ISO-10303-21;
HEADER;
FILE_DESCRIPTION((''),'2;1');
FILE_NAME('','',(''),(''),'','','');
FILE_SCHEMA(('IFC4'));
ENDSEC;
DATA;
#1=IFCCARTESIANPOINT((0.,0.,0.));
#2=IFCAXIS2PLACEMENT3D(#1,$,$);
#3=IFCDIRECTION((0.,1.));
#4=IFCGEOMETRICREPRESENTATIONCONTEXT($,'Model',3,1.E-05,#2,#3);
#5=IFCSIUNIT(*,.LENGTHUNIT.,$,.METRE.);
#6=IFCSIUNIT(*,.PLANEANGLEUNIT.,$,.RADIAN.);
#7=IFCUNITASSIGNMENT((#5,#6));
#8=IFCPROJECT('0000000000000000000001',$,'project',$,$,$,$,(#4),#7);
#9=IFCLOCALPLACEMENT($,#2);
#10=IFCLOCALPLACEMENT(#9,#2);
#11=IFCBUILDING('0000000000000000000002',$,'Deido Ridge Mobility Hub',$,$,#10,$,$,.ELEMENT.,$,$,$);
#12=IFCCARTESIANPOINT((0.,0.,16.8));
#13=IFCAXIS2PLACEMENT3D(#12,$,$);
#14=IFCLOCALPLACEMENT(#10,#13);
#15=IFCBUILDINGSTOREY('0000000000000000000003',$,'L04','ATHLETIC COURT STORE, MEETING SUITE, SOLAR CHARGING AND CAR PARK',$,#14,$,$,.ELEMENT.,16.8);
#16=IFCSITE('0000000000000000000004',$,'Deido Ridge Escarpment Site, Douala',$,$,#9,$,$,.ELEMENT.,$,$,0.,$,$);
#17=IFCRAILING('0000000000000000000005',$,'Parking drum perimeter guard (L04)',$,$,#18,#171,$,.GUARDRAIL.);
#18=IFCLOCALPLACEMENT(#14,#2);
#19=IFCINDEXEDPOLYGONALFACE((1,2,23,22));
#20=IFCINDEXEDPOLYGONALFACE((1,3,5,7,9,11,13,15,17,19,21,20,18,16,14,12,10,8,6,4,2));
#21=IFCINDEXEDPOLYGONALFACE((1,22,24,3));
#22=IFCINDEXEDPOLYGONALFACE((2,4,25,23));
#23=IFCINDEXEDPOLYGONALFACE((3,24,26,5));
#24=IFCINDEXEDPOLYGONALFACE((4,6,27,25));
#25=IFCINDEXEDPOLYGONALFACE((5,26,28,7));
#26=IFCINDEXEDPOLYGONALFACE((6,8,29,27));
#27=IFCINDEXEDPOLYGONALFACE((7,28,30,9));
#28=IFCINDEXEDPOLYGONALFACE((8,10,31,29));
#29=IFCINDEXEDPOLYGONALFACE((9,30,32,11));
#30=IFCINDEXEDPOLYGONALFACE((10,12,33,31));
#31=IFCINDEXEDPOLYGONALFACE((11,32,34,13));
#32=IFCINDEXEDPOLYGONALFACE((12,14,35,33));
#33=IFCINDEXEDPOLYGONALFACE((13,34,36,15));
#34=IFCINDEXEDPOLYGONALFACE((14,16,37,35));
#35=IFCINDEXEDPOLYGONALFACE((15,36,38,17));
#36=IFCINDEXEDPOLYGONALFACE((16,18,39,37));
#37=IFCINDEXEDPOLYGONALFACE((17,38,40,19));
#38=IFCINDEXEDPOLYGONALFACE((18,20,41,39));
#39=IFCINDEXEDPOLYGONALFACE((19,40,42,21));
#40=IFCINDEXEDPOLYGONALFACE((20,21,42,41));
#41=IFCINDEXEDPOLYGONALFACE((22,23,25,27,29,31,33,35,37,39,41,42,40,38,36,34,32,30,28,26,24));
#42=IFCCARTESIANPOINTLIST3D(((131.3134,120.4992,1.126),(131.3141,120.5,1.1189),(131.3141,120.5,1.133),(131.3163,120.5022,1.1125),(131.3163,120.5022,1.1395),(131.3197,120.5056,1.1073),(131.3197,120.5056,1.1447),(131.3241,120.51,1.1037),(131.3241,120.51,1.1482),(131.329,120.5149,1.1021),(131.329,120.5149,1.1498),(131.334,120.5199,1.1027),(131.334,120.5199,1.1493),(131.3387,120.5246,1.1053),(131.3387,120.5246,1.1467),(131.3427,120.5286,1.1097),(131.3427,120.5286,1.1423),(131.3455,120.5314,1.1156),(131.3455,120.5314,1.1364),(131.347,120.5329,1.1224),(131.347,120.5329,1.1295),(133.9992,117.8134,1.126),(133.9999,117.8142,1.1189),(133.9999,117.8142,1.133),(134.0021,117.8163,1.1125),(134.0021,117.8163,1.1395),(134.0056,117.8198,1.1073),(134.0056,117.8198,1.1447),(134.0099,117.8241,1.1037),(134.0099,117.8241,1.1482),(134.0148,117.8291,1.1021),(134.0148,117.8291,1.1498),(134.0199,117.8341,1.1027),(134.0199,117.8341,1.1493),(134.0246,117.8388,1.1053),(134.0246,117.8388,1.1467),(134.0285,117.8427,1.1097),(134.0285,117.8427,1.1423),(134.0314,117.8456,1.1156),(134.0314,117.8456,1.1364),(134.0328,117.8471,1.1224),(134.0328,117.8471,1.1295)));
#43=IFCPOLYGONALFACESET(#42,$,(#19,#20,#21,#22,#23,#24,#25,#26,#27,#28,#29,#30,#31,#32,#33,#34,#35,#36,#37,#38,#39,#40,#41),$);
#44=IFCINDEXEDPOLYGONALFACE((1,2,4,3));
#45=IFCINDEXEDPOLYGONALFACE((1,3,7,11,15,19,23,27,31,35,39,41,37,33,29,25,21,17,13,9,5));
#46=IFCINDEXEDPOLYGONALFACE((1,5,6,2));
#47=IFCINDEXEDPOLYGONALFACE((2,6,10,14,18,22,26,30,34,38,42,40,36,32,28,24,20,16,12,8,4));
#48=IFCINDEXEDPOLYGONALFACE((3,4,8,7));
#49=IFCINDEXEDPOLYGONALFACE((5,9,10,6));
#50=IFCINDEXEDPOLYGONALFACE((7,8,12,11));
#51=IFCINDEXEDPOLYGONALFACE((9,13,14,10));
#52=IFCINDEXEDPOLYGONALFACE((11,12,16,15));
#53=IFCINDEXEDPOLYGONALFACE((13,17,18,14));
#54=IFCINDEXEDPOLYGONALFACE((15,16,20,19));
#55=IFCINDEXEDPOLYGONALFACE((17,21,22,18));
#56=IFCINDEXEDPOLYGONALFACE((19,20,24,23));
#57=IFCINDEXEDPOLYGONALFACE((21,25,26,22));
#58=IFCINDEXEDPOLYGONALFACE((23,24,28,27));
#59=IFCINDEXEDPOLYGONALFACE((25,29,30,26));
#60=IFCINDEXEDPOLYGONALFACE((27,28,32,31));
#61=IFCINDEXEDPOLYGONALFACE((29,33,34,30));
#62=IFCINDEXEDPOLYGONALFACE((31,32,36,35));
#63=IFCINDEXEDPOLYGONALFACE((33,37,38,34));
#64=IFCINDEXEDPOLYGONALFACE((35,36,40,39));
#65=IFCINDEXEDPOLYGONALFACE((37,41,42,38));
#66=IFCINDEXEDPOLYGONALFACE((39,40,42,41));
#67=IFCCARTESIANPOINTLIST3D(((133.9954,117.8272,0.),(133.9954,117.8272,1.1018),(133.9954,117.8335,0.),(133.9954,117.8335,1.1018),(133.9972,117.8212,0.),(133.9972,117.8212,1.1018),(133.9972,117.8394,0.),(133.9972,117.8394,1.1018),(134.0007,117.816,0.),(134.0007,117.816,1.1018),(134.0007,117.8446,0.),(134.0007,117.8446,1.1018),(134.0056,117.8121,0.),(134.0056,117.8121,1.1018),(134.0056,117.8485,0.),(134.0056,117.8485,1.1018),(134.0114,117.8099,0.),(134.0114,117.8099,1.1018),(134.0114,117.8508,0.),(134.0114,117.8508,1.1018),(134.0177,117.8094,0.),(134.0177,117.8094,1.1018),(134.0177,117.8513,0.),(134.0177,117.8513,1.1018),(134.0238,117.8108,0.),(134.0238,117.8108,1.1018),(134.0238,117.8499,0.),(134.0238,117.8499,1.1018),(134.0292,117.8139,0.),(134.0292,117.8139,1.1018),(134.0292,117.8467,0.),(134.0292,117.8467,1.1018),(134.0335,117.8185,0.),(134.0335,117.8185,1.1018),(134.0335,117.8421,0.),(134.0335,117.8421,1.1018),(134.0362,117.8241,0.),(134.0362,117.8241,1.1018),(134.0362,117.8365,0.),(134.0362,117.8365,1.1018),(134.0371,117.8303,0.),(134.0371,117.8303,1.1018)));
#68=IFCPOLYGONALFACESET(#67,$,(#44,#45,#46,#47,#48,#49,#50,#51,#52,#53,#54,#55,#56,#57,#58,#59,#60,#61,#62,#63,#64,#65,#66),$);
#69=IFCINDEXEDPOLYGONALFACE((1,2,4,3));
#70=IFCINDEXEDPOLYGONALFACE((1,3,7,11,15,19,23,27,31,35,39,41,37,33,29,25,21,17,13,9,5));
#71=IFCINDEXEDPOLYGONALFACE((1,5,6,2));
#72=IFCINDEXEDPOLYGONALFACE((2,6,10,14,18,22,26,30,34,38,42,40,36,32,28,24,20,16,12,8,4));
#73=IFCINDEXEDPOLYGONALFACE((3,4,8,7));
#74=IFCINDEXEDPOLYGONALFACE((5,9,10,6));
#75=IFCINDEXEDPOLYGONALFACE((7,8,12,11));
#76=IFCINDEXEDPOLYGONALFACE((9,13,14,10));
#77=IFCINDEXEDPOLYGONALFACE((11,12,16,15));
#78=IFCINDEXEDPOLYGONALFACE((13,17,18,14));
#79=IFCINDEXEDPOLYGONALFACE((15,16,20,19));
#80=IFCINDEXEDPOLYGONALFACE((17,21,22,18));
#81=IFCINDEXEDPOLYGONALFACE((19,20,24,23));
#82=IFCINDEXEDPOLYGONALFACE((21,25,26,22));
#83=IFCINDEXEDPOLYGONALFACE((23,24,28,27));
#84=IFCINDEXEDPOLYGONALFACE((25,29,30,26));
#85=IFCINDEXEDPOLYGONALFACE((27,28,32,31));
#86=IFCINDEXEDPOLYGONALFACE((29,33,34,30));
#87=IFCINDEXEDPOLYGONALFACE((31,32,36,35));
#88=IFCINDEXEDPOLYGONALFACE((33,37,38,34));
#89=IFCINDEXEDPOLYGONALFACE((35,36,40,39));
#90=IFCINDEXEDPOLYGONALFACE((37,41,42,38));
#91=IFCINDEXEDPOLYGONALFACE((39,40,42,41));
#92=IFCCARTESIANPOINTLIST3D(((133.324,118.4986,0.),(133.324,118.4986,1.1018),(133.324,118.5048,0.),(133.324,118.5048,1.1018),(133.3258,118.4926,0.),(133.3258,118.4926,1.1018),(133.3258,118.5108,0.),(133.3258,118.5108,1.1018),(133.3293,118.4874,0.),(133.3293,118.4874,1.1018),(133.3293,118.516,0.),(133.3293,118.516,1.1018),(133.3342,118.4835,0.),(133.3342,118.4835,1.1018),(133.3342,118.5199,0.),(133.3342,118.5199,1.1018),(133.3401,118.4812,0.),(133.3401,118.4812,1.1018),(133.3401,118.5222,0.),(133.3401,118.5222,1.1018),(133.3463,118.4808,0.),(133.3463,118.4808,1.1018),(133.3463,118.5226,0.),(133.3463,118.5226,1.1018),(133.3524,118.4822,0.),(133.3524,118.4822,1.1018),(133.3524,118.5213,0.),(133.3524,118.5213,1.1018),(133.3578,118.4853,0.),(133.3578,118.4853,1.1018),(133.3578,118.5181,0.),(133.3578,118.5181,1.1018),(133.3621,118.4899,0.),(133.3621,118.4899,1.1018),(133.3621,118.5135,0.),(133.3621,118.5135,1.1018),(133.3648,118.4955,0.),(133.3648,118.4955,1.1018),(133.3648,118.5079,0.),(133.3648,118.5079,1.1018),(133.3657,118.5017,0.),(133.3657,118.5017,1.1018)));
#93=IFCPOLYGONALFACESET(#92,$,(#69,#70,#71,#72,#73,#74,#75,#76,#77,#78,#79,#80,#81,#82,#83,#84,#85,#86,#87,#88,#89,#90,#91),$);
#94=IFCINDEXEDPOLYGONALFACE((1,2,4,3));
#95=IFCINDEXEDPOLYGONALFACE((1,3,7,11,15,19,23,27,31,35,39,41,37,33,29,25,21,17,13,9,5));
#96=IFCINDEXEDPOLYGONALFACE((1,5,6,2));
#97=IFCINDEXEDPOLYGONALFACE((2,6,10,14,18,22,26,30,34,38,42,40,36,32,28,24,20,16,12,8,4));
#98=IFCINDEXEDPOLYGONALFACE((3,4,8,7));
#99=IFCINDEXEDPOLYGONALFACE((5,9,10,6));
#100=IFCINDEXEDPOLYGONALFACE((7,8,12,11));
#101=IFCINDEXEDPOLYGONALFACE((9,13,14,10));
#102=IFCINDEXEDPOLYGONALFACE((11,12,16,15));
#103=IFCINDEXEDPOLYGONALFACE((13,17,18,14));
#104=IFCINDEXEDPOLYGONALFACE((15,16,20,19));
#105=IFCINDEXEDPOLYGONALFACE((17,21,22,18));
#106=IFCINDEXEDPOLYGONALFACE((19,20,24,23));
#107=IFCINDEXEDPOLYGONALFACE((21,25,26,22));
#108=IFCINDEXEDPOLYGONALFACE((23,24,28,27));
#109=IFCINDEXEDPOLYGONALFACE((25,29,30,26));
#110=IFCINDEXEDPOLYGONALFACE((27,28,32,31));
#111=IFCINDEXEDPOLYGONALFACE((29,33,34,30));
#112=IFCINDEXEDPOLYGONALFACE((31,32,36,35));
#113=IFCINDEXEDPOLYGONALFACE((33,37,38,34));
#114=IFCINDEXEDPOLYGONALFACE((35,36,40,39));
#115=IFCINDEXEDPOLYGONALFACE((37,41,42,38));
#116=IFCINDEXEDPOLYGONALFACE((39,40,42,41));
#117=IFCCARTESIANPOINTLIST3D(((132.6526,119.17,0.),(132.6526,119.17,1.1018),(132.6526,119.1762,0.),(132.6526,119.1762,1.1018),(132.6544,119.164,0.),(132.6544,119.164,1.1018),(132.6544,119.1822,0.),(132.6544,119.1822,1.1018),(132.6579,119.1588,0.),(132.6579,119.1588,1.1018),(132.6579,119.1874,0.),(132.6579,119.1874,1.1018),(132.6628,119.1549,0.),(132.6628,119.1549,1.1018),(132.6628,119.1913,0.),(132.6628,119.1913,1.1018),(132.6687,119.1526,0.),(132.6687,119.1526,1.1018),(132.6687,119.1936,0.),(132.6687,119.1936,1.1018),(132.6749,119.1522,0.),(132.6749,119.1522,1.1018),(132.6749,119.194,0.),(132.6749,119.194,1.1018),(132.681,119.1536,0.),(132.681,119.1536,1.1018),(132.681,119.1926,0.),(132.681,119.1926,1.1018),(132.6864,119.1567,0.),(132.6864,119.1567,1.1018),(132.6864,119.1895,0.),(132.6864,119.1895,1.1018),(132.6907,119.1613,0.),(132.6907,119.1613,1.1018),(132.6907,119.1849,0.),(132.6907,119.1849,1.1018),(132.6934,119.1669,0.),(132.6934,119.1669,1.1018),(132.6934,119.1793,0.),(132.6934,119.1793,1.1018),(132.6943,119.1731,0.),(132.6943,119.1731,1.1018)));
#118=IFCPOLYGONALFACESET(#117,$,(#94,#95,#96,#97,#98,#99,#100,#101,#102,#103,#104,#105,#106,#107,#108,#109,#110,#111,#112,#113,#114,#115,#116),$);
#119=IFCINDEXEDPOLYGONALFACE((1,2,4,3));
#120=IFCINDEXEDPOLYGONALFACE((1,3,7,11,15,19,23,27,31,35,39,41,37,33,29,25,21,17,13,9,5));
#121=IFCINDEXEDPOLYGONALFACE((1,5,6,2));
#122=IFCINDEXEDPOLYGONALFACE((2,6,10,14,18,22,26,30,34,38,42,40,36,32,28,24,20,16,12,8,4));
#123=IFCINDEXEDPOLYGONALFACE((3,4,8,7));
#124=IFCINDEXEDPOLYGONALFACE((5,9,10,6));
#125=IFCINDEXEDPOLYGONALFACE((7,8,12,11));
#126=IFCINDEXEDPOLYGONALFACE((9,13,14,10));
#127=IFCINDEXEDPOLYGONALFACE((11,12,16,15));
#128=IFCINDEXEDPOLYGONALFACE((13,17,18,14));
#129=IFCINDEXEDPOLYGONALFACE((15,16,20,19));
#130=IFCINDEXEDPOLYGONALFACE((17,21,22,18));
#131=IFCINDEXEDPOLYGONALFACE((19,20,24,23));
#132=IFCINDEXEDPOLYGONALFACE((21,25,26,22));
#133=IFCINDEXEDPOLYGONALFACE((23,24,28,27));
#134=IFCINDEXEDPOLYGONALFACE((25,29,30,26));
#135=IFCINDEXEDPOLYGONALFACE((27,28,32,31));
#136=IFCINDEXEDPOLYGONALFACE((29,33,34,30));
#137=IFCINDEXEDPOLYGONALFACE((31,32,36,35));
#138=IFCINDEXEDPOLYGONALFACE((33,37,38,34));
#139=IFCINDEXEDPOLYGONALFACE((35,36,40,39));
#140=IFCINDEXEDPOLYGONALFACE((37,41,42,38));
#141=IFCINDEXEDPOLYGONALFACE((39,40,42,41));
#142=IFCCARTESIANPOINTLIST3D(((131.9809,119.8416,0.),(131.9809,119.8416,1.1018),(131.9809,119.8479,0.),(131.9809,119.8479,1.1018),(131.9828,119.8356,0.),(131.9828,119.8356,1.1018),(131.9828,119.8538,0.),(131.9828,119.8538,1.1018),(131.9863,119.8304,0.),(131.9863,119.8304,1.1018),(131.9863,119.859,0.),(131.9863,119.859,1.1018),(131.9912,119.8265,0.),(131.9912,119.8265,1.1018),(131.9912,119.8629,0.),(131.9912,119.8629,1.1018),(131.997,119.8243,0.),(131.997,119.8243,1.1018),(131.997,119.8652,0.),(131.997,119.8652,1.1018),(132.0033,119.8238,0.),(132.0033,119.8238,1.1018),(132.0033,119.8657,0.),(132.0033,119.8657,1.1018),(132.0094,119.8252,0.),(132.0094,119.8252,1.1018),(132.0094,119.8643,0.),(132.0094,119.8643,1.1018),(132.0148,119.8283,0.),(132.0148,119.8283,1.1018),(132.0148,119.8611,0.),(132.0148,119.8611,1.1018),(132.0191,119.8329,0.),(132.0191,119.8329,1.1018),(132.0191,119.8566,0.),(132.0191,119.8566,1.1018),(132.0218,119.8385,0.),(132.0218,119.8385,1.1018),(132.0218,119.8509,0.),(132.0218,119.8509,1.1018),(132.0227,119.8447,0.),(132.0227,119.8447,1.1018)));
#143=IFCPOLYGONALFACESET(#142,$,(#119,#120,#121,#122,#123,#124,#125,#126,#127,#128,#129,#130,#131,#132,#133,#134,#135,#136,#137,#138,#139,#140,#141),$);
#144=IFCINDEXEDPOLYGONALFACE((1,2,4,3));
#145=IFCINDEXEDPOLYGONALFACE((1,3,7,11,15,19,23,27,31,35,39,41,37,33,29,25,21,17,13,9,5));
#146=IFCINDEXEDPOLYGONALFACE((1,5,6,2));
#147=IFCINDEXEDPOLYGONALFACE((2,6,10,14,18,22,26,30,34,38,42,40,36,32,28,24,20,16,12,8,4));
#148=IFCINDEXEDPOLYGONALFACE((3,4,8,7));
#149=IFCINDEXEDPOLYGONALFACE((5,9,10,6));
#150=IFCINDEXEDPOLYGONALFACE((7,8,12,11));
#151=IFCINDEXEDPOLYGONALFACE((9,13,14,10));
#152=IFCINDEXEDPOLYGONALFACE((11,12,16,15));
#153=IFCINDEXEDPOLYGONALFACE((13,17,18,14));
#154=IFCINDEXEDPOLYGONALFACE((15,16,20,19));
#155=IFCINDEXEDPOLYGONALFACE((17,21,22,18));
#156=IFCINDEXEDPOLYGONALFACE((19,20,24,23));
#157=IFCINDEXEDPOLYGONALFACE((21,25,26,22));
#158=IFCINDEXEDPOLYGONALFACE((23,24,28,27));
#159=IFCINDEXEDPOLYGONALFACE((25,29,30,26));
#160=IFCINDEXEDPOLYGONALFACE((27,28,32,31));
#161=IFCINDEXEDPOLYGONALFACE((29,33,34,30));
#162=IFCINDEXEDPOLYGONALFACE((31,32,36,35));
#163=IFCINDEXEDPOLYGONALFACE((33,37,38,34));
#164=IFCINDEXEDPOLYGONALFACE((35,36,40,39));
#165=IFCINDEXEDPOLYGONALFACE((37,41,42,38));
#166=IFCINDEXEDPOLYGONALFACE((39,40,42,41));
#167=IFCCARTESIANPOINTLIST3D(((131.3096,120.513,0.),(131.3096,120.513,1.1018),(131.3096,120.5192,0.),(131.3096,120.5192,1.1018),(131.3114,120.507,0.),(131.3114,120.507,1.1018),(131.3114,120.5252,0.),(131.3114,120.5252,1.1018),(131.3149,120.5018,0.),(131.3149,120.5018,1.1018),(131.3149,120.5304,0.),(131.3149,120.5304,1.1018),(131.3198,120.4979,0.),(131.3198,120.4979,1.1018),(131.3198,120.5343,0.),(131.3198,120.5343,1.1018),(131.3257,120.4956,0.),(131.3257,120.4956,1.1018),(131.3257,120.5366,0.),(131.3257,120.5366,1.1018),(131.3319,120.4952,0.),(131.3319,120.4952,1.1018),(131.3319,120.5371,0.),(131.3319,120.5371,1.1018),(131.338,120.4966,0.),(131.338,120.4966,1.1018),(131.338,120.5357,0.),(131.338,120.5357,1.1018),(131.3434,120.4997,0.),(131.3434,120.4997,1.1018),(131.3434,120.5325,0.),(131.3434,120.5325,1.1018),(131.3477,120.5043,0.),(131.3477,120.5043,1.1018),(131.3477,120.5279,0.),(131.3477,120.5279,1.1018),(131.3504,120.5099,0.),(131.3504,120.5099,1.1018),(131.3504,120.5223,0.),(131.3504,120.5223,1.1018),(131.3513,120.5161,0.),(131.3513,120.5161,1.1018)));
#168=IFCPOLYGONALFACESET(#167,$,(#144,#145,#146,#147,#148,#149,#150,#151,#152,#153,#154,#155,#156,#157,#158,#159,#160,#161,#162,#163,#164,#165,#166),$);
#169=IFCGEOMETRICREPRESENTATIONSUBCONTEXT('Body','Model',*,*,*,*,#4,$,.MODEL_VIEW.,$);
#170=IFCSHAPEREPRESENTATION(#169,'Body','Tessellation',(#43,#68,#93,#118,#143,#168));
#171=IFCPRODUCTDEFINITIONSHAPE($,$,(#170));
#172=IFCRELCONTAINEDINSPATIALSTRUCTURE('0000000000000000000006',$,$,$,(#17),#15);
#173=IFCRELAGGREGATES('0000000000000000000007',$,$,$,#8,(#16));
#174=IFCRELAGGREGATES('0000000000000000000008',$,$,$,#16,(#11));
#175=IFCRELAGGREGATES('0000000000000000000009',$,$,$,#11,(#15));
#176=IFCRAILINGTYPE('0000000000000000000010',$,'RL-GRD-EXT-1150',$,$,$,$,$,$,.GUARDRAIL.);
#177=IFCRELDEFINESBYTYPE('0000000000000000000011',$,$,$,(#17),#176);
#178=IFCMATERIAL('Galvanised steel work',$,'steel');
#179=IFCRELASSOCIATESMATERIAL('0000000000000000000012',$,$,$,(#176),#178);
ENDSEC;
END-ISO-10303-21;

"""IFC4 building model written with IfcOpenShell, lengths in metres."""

from ifc_helpers import new_model, si_unit, direction, frame, origin, origin_2d, place, context, subcontext, project, spatial, circle, extrude, material, type_object, element, save


model = new_model("IFC4")

# Units and contexts
model_context = context("Model", 3, precision=1e-05, world=origin(), true_north=direction((0.0, 1.0)))
body_context = subcontext(model_context, "Body", "Model", "MODEL_VIEW")
ifc_project = project(units=[si_unit("LENGTHUNIT", "METRE"), si_unit("PLANEANGLEUNIT", "RADIAN")], contexts=[model_context])

# Site, building, storey
site_placement = place(None, origin())
site = spatial("IfcSite", under=ifc_project, at=site_placement, Name="Deido Ridge Escarpment Site, Douala", CompositionType="ELEMENT", RefElevation=0.0)
building_placement = place(site_placement, origin())
building = spatial("IfcBuilding", under=site, at=building_placement, Name="Deido Ridge Mobility Hub", CompositionType="ELEMENT")
storey_placement = place(building_placement, frame((0.0, 0.0, 16.8)))
storey = spatial("IfcBuildingStorey", under=building, at=storey_placement, Name="L04", Description="ATHLETIC COURT STORE, MEETING SUITE, SOLAR CHARGING AND CAR PARK", CompositionType="ELEMENT", Elevation=16.8)

# Railing
ifc_material_1 = material(Name="Galvanised steel work", Category="steel")
railing_type = type_object("IfcRailingType", Name="RL-GRD-EXT-1150", PredefinedType="GUARDRAIL", material=ifc_material_1)
railing_1_placement = place(storey_placement, frame((134.0161, 117.8303, 0.0)))
element("IfcRailing", 1, at=railing_1_placement, inside=storey, type_object=railing_type, Name="Parking drum perimeter guard (L04)", PredefinedType="GUARDRAIL", context=body_context, shape_type="SweptSolid", body=[
    extrude(circle(Radius=0.0239, at=origin_2d()), frame((0.0, 0.0, 1.126), z_axis=(-0.707107, 0.707107, 0.0), x_axis=(-0.707107, -0.707107, 0.0)), (0.0, 0.0, 1.0), 3.7983),
    extrude(circle(Radius=0.021, at=origin_2d()), origin(), (0.0, 0.0, 1.0), 1.1018),
    extrude(circle(Radius=0.021, at=origin_2d()), frame((-0.6714, 0.6714, 0.0)), (0.0, 0.0, 1.0), 1.1018),
    extrude(circle(Radius=0.021, at=origin_2d()), frame((-1.3428, 1.3428, 0.0)), (0.0, 0.0, 1.0), 1.1018),
    extrude(circle(Radius=0.021, at=origin_2d()), frame((-2.0144, 2.0144, 0.0)), (0.0, 0.0, 1.0), 1.1018),
    extrude(circle(Radius=0.021, at=origin_2d()), frame((-2.6858, 2.6858, 0.0)), (0.0, 0.0, 1.0), 1.1018),
])

save(model, "model.ifc")
